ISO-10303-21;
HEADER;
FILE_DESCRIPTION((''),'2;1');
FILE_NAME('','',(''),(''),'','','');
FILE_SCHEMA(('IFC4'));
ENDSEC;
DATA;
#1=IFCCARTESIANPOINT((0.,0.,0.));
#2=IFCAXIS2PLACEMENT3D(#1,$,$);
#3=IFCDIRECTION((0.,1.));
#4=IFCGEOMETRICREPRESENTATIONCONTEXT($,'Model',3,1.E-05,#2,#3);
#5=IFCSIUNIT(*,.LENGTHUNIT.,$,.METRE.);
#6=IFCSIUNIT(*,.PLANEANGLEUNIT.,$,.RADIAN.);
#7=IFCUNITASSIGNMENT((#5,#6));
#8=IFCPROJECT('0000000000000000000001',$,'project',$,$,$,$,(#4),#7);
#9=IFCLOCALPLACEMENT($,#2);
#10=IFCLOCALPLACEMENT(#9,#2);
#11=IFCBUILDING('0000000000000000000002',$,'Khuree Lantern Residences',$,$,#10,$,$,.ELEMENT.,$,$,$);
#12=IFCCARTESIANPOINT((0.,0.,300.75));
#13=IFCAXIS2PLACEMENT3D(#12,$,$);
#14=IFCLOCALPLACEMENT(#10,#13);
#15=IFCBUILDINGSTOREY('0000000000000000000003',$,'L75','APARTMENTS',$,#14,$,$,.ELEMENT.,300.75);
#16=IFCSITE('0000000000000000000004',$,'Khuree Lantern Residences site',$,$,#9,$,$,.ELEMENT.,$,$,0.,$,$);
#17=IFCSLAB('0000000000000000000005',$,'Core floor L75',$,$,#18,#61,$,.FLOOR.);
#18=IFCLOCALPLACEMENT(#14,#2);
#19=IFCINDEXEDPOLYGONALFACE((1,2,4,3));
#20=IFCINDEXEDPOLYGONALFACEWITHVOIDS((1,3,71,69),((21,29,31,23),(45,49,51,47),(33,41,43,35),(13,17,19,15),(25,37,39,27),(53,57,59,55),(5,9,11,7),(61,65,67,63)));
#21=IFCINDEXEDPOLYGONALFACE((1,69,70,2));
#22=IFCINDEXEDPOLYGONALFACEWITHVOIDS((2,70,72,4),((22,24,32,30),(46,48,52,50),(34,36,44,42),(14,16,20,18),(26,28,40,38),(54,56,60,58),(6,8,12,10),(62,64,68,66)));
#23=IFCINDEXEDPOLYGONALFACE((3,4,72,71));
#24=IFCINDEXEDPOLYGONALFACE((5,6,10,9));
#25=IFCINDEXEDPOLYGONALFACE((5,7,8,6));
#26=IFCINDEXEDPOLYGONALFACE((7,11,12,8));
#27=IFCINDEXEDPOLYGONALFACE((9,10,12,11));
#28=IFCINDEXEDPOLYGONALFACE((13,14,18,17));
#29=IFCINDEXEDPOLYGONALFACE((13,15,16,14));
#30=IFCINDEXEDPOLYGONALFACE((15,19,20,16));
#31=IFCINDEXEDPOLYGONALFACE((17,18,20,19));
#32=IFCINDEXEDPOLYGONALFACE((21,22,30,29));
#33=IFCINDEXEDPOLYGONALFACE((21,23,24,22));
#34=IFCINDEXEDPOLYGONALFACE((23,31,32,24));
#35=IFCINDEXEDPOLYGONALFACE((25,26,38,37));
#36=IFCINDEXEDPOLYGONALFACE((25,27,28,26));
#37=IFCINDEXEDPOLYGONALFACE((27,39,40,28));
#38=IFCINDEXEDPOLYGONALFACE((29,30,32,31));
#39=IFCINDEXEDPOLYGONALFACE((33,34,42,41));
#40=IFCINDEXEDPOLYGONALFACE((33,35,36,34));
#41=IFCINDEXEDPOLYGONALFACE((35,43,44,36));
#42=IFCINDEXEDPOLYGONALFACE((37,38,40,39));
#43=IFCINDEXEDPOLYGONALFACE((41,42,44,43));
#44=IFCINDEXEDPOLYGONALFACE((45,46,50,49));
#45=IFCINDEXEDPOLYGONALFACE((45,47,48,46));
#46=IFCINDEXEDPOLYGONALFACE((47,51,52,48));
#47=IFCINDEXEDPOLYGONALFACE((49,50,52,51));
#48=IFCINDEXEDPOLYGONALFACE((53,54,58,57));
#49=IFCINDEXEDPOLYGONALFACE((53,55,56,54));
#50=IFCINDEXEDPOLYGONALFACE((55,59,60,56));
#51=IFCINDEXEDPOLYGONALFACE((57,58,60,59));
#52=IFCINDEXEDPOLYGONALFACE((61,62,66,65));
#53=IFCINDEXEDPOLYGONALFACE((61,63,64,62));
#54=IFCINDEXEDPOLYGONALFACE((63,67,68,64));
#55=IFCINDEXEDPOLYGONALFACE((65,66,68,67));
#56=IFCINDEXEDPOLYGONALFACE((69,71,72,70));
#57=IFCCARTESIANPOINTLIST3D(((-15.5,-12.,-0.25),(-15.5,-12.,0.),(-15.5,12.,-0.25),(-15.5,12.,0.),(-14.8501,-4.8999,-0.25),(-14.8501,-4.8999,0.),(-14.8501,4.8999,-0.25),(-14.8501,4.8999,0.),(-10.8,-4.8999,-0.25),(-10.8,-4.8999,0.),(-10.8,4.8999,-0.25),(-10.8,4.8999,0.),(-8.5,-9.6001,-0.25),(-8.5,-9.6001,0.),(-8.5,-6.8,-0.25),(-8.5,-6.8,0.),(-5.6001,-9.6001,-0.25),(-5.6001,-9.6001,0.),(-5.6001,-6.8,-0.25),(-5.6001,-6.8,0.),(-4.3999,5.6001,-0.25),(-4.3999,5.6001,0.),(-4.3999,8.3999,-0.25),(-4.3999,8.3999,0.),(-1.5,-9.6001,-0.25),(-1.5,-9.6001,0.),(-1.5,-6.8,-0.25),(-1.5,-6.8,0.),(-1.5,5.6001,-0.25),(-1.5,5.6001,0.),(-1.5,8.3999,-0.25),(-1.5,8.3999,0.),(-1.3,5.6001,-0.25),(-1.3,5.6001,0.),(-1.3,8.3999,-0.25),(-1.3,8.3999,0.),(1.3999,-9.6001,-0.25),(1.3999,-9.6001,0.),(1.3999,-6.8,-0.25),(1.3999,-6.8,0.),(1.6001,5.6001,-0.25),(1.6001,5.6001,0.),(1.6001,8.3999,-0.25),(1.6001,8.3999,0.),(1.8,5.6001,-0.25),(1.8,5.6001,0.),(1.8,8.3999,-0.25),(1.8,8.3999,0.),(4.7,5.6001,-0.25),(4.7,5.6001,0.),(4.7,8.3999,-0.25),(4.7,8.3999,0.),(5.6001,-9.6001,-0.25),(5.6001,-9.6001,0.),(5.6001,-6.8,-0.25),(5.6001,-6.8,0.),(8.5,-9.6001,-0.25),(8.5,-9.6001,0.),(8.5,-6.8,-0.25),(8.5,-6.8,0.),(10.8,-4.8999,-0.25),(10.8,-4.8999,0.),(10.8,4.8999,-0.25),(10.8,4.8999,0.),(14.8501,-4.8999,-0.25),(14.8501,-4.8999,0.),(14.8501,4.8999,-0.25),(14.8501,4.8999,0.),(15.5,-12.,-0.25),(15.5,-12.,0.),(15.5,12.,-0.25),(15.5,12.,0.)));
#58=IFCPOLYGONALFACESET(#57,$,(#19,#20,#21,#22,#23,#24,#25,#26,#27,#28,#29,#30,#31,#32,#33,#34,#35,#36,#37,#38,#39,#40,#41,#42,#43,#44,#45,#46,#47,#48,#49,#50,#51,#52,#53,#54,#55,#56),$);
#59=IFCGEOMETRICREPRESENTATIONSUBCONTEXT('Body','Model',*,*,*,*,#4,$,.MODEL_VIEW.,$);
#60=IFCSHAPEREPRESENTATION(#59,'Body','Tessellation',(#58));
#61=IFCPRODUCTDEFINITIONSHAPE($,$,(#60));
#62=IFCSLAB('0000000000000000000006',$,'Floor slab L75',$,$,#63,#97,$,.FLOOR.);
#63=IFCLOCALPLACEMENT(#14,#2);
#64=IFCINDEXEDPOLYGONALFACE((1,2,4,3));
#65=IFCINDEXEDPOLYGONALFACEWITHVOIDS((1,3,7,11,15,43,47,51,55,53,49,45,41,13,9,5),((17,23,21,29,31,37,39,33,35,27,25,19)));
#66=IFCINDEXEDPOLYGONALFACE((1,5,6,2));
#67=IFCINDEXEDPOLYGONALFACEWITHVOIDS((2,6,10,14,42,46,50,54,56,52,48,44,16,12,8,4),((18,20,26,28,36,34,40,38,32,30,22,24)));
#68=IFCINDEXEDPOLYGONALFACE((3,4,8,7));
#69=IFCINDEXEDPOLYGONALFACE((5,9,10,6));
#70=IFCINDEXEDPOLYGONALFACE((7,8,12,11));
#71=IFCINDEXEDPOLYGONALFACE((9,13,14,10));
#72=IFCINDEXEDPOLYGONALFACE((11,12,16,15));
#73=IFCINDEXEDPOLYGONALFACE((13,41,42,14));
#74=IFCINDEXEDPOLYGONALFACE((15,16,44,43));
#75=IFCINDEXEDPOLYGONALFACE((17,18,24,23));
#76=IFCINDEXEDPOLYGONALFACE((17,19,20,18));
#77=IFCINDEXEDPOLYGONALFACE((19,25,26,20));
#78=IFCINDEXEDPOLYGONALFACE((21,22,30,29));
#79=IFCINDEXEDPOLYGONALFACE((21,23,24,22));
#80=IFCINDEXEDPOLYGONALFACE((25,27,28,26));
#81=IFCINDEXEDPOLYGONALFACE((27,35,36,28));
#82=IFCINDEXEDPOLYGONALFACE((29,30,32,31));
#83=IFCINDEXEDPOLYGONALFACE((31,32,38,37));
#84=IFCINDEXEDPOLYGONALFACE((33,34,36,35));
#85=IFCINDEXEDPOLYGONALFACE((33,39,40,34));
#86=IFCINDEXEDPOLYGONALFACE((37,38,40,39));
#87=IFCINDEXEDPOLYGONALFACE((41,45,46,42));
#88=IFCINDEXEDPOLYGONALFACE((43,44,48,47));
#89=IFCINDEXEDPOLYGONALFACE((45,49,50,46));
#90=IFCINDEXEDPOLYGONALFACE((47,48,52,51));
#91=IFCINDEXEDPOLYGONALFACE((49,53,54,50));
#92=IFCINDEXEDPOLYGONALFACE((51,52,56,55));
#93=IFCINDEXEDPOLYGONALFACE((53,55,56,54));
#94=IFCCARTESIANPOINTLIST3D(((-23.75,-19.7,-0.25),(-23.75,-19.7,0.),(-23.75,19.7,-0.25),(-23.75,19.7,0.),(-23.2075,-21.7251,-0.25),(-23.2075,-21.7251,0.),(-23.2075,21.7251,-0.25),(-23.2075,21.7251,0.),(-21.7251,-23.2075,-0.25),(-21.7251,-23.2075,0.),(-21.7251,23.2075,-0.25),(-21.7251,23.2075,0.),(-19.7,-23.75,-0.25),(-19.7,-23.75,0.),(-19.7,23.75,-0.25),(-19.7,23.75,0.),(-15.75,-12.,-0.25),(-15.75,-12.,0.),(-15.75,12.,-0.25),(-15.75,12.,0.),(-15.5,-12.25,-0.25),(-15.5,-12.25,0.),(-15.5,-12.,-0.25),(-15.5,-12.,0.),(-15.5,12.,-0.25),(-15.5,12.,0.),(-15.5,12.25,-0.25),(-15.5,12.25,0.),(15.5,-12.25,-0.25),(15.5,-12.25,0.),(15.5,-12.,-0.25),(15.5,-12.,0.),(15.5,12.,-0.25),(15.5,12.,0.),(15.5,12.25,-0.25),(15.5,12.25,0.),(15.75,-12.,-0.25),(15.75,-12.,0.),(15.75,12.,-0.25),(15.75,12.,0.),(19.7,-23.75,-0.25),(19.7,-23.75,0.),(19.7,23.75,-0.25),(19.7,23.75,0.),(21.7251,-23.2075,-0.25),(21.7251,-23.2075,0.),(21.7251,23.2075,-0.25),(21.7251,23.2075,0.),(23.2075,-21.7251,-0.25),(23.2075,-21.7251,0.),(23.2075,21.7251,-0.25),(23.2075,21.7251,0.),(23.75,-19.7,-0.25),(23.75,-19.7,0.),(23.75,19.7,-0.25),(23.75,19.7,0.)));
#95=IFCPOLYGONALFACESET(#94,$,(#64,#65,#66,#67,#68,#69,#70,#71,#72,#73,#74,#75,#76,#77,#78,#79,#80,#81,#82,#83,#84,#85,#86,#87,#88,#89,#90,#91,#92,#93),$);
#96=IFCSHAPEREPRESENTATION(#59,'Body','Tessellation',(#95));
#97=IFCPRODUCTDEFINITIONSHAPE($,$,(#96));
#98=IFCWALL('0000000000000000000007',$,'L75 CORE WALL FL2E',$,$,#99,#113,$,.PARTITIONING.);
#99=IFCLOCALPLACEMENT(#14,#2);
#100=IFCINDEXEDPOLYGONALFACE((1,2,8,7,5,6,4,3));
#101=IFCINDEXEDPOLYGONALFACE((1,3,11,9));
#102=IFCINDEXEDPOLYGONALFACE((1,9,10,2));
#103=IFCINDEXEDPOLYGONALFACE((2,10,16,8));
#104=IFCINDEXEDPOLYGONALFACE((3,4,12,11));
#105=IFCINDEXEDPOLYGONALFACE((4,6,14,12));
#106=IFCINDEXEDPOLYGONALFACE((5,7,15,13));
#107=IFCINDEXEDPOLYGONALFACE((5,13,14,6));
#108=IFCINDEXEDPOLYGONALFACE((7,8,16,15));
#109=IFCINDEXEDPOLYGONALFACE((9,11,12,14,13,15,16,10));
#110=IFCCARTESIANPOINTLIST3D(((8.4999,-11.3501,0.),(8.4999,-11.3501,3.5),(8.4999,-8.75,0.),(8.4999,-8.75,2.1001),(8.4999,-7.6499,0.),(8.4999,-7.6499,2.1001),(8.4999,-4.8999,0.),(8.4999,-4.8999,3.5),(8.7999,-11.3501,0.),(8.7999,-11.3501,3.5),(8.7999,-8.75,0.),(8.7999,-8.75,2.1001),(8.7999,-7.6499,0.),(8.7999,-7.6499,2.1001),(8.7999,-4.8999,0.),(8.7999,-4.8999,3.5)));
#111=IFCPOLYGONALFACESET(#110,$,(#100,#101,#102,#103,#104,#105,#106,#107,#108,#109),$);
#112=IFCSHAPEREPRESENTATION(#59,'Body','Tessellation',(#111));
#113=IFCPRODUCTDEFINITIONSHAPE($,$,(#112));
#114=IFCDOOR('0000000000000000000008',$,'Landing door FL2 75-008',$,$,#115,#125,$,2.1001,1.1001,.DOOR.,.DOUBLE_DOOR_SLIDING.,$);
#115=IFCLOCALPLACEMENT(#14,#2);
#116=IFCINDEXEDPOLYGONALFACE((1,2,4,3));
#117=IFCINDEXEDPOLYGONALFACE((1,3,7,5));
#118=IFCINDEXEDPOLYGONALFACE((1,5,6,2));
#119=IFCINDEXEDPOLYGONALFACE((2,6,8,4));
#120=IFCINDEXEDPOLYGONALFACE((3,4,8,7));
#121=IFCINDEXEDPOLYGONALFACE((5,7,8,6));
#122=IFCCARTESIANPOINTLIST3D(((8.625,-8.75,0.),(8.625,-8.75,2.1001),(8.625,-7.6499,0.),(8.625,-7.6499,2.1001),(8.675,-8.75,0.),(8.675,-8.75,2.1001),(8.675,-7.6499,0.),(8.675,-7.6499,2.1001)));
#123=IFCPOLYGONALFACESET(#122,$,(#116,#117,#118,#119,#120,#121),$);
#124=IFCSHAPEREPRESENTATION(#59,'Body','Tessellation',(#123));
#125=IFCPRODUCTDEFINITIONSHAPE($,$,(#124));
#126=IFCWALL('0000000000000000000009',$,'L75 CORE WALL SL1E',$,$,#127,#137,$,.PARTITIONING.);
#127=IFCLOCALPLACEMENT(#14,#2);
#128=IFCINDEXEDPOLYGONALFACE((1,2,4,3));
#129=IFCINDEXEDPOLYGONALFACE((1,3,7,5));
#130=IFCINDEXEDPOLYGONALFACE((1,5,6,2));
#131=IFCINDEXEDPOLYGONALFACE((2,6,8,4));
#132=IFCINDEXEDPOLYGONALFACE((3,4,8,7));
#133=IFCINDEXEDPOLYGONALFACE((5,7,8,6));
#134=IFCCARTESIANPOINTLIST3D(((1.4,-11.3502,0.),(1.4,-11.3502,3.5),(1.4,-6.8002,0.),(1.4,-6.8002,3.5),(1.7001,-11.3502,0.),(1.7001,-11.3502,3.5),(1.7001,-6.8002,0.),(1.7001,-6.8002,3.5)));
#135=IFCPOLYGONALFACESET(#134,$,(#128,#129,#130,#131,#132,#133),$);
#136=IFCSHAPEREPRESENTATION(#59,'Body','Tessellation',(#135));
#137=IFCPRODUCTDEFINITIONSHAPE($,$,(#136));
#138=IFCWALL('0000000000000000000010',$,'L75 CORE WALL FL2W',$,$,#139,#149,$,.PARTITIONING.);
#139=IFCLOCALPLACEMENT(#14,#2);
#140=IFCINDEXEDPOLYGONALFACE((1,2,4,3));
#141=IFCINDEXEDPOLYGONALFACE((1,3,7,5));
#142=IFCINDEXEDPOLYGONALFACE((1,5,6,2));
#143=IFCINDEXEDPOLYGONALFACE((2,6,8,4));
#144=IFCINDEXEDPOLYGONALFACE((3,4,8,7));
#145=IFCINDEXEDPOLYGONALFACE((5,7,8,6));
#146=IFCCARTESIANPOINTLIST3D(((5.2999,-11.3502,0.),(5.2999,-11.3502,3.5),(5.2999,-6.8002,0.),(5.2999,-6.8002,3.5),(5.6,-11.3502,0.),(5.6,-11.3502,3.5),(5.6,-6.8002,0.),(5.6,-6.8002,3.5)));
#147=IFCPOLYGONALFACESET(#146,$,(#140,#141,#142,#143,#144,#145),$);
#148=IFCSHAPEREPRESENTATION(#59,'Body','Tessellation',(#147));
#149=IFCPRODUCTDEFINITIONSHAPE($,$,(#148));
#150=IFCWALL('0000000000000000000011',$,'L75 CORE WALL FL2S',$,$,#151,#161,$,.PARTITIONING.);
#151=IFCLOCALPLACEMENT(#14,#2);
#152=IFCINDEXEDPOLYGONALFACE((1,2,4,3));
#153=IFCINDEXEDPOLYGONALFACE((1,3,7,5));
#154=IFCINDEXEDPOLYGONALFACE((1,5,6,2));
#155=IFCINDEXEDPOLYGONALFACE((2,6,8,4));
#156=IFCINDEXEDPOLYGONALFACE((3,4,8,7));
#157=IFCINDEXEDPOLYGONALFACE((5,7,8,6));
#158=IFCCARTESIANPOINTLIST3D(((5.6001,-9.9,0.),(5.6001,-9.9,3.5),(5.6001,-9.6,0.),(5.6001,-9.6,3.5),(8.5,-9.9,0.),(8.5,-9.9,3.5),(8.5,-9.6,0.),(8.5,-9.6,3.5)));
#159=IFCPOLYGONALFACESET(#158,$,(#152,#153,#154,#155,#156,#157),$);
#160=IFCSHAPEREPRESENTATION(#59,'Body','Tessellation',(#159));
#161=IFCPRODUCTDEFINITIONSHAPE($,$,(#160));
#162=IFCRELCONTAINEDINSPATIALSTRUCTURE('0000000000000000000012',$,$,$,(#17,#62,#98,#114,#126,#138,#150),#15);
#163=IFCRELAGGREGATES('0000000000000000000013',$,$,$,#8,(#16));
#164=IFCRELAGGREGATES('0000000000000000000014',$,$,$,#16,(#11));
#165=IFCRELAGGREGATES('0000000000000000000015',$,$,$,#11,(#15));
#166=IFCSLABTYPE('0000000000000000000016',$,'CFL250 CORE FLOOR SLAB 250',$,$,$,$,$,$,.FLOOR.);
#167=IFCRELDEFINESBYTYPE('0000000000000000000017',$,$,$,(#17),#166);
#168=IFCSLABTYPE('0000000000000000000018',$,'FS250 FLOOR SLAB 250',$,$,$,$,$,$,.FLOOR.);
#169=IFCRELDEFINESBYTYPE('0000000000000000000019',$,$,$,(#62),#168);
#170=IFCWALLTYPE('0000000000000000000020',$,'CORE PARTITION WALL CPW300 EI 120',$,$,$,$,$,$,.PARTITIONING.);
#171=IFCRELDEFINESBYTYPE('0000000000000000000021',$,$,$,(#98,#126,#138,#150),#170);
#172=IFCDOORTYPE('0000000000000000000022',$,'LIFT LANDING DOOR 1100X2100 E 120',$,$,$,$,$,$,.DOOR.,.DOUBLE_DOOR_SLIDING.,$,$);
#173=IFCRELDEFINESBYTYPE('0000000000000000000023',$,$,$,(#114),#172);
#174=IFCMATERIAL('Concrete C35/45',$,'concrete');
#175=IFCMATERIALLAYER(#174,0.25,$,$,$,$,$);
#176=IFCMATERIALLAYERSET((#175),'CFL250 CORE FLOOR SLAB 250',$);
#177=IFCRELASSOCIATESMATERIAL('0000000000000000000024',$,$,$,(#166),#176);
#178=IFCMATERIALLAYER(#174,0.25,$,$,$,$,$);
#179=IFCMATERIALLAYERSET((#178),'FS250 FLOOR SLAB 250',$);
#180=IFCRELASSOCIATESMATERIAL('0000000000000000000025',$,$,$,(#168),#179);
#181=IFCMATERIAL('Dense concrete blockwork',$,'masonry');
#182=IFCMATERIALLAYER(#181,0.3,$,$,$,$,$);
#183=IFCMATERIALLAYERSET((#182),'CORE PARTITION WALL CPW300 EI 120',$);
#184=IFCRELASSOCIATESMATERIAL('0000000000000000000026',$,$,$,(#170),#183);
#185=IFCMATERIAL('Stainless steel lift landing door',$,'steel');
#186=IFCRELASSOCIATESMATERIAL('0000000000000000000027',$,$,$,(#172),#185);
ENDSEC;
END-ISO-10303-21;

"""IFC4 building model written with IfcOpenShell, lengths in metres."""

from ifc_helpers import new_model, si_unit, direction, frame, frame_2d, origin, place, context, subcontext, project, spatial, polyline, rectangle, outline, extrude, material, layer, layer_set, type_object, element, fill, save


model = new_model("IFC4")

# Units and contexts
model_context = context("Model", 3, precision=1e-05, world=origin(), true_north=direction((0.0, 1.0)))
body_context = subcontext(model_context, "Body", "Model", "MODEL_VIEW")
ifc_project = project(units=[si_unit("LENGTHUNIT", "METRE"), si_unit("PLANEANGLEUNIT", "RADIAN")], contexts=[model_context])

# Site, building, storey
site_placement = place(None, origin())
site = spatial("IfcSite", under=ifc_project, at=site_placement, Name="Khuree Lantern Residences site", CompositionType="ELEMENT", RefElevation=0.0)
building_placement = place(site_placement, origin())
building = spatial("IfcBuilding", under=site, at=building_placement, Name="Khuree Lantern Residences", CompositionType="ELEMENT")
storey_placement = place(building_placement, frame((0.0, 0.0, 300.75)))
storey = spatial("IfcBuildingStorey", under=building, at=storey_placement, Name="L75", Description="APARTMENTS", CompositionType="ELEMENT", Elevation=300.75)

# Slabs
ifc_material_1 = material(Name="Concrete C35/45", Category="concrete")
ifc_layer_1 = layer(ifc_material_1, 0.25)
ifc_layer_set_1 = layer_set([ifc_layer_1], Name="CFL250 CORE FLOOR SLAB 250")
slab_type_1 = type_object("IfcSlabType", Name="CFL250 CORE FLOOR SLAB 250", PredefinedType="FLOOR", material=ifc_layer_set_1)
slab_1_placement = place(storey_placement, frame((0.0, 0.0, -0.25)))
element("IfcSlab", 1, at=slab_1_placement, inside=storey, type_object=slab_type_1, Name="Core floor L75", PredefinedType="FLOOR", context=body_context, shape_type="SweptSolid", body=[
    extrude(outline(polyline([(-15.5, -12.0), (-15.5, 12.0), (15.5, 12.0), (15.5, -12.0), (-15.5, -12.0)]), holes=[polyline([(10.8, 4.8999), (10.8, -4.8999), (14.8501, -4.8999), (14.8501, 4.8999), (10.8, 4.8999)]), polyline([(5.6001, -6.8), (5.6001, -9.6001), (8.5, -9.6001), (8.5, -6.8), (5.6001, -6.8)]), polyline([(1.8, 8.3999), (1.8, 5.6001), (4.7, 5.6001), (4.7, 8.3999), (1.8, 8.3999)]), polyline([(-1.3, 8.3999), (-1.3, 5.6001), (1.6001, 5.6001), (1.6001, 8.3999), (-1.3, 8.3999)]), polyline([(-1.5, -6.8), (-1.5, -9.6001), (1.3999, -9.6001), (1.3999, -6.8), (-1.5, -6.8)]), polyline([(-4.3999, 8.3999), (-4.3999, 5.6001), (-1.5, 5.6001), (-1.5, 8.3999), (-4.3999, 8.3999)]), polyline([(-8.5, -6.8), (-8.5, -9.6001), (-5.6001, -9.6001), (-5.6001, -6.8), (-8.5, -6.8)]), polyline([(-14.8501, 4.8999), (-14.8501, -4.8999), (-10.8, -4.8999), (-10.8, 4.8999), (-14.8501, 4.8999)])]), origin(), (0.0, 0.0, 1.0), 0.25),
])
ifc_layer_2 = layer(ifc_material_1, 0.25)
ifc_layer_set_2 = layer_set([ifc_layer_2], Name="FS250 FLOOR SLAB 250")
slab_type_2 = type_object("IfcSlabType", Name="FS250 FLOOR SLAB 250", PredefinedType="FLOOR", material=ifc_layer_set_2)
slab_2_placement = place(storey_placement, frame((0.0, 0.0, -0.25)))
element("IfcSlab", 2, at=slab_2_placement, inside=storey, type_object=slab_type_2, Name="Floor slab L75", PredefinedType="FLOOR", context=body_context, shape_type="SweptSolid", body=[
    extrude(outline(polyline([(-21.7251, -23.2075), (-23.2075, -21.7251), (-23.75, -19.7), (-23.75, 19.7), (-23.2075, 21.7251), (-21.7251, 23.2075), (-19.7, 23.75), (19.7, 23.75), (21.7251, 23.2075), (23.2075, 21.7251), (23.75, 19.7), (23.75, -19.7), (23.2075, -21.7251), (21.7251, -23.2075), (19.7, -23.75), (-19.7, -23.75), (-21.7251, -23.2075)]), holes=[polyline([(15.75, 12.0), (15.5, 12.0), (15.5, 12.25), (-15.5, 12.25), (-15.5, 12.0), (-15.75, 12.0), (-15.75, -12.0), (-15.5, -12.0), (-15.5, -12.25), (15.5, -12.25), (15.5, -12.0), (15.75, -12.0), (15.75, 12.0)])]), origin(), (0.0, 0.0, 1.0), 0.25),
])

# Wall, opening, door
ifc_material_2 = material(Name="Dense concrete blockwork", Category="masonry")
ifc_layer_3 = layer(ifc_material_2, 0.3)
ifc_layer_set_3 = layer_set([ifc_layer_3], Name="CORE PARTITION WALL CPW300 EI 120")
wall_type_1 = type_object("IfcWallType", Name="CORE PARTITION WALL CPW300 EI 120", PredefinedType="PARTITIONING", material=ifc_layer_set_3)
wall_1_placement = place(storey_placement, frame((8.6499, -11.3501, 0.0), z_axis=(0.0, 0.0, 1.0), x_axis=(0.0, 1.0, 0.0)))
wall_1 = element("IfcWall", 3, at=wall_1_placement, inside=storey, type_object=wall_type_1, Name="L75 CORE WALL FL2E", PredefinedType="PARTITIONING", context=body_context, shape_type="SweptSolid", body=[
    extrude(rectangle(XDim=6.4502, YDim=0.3, at=frame_2d((3.2251, 0.0))), origin(), (0.0, 0.0, 1.0), 3.5),
])
opening_1_placement = place(wall_1_placement, frame((2.6001, 0.0, 0.0)))
opening_1 = element("IfcOpeningElement", 4, at=opening_1_placement, cuts=wall_1, PredefinedType="OPENING", context=body_context, shape_type="SweptSolid", body=[
    extrude(rectangle(XDim=1.1001, YDim=2.1001, at=frame_2d((0.55, 1.05))), frame((0.0, 0.1602, 0.0), z_axis=(0.0, -1.0, 0.0), x_axis=(1.0, 0.0, 0.0)), (0.0, 0.0, 1.0), 0.3201),
])
ifc_material_3 = material(Name="Stainless steel lift landing door", Category="steel")
door_type_1 = type_object("IfcDoorType", Name="LIFT LANDING DOOR 1100X2100 E 120", OperationType="DOUBLE_DOOR_SLIDING", PredefinedType="DOOR", material=ifc_material_3)
door_1_placement = place(opening_1_placement, origin())
door_1 = element("IfcDoor", 5, at=door_1_placement, inside=storey, type_object=door_type_1, Name="Landing door FL2 75-008", OperationType="DOUBLE_DOOR_SLIDING", OverallHeight=2.1001, OverallWidth=1.1001, PredefinedType="DOOR", context=body_context, shape_type="SweptSolid", body=[
    extrude(rectangle(XDim=1.1001, YDim=2.1001, at=frame_2d((0.55, 1.05))), frame((0.0, 0.0249, 0.0), z_axis=(0.0, -1.0, 0.0), x_axis=(1.0, 0.0, 0.0)), (0.0, 0.0, 1.0), 0.05),
])
fill(opening_1, door_1)

# Walls
for number, where, z_axis, x_axis, name in (
    (6, (1.55, -11.3501, 0.0), (0.0, 0.0, 1.0), (0.0, 1.0, 0.0), "L75 CORE WALL SL1E"),
    (7, (5.45, -11.3501, 0.0), (0.0, 0.0, 1.0), (0.0, 1.0, 0.0), "L75 CORE WALL FL2W"),
):
    element("IfcWall", number, at=place(storey_placement, frame(where, z_axis=z_axis, x_axis=x_axis)), inside=storey, type_object=wall_type_1, Name=name, PredefinedType="PARTITIONING", context=body_context, shape_type="SweptSolid", body=[
        extrude(rectangle(XDim=4.55, YDim=0.3, at=frame_2d((2.2749, 0.0))), origin(), (0.0, 0.0, 1.0), 3.5),
    ])
wall_2_placement = place(storey_placement, frame((5.6001, -9.75, 0.0), z_axis=(0.0, 0.0, 1.0), x_axis=(1.0, 0.0, 0.0)))
element("IfcWall", 8, at=wall_2_placement, inside=storey, type_object=wall_type_1, Name="L75 CORE WALL FL2S", PredefinedType="PARTITIONING", context=body_context, shape_type="SweptSolid", body=[
    extrude(rectangle(XDim=2.8999, YDim=0.3, at=frame_2d((1.45, 0.0))), origin(), (0.0, 0.0, 1.0), 3.5),
])

save(model, "model.ifc")
